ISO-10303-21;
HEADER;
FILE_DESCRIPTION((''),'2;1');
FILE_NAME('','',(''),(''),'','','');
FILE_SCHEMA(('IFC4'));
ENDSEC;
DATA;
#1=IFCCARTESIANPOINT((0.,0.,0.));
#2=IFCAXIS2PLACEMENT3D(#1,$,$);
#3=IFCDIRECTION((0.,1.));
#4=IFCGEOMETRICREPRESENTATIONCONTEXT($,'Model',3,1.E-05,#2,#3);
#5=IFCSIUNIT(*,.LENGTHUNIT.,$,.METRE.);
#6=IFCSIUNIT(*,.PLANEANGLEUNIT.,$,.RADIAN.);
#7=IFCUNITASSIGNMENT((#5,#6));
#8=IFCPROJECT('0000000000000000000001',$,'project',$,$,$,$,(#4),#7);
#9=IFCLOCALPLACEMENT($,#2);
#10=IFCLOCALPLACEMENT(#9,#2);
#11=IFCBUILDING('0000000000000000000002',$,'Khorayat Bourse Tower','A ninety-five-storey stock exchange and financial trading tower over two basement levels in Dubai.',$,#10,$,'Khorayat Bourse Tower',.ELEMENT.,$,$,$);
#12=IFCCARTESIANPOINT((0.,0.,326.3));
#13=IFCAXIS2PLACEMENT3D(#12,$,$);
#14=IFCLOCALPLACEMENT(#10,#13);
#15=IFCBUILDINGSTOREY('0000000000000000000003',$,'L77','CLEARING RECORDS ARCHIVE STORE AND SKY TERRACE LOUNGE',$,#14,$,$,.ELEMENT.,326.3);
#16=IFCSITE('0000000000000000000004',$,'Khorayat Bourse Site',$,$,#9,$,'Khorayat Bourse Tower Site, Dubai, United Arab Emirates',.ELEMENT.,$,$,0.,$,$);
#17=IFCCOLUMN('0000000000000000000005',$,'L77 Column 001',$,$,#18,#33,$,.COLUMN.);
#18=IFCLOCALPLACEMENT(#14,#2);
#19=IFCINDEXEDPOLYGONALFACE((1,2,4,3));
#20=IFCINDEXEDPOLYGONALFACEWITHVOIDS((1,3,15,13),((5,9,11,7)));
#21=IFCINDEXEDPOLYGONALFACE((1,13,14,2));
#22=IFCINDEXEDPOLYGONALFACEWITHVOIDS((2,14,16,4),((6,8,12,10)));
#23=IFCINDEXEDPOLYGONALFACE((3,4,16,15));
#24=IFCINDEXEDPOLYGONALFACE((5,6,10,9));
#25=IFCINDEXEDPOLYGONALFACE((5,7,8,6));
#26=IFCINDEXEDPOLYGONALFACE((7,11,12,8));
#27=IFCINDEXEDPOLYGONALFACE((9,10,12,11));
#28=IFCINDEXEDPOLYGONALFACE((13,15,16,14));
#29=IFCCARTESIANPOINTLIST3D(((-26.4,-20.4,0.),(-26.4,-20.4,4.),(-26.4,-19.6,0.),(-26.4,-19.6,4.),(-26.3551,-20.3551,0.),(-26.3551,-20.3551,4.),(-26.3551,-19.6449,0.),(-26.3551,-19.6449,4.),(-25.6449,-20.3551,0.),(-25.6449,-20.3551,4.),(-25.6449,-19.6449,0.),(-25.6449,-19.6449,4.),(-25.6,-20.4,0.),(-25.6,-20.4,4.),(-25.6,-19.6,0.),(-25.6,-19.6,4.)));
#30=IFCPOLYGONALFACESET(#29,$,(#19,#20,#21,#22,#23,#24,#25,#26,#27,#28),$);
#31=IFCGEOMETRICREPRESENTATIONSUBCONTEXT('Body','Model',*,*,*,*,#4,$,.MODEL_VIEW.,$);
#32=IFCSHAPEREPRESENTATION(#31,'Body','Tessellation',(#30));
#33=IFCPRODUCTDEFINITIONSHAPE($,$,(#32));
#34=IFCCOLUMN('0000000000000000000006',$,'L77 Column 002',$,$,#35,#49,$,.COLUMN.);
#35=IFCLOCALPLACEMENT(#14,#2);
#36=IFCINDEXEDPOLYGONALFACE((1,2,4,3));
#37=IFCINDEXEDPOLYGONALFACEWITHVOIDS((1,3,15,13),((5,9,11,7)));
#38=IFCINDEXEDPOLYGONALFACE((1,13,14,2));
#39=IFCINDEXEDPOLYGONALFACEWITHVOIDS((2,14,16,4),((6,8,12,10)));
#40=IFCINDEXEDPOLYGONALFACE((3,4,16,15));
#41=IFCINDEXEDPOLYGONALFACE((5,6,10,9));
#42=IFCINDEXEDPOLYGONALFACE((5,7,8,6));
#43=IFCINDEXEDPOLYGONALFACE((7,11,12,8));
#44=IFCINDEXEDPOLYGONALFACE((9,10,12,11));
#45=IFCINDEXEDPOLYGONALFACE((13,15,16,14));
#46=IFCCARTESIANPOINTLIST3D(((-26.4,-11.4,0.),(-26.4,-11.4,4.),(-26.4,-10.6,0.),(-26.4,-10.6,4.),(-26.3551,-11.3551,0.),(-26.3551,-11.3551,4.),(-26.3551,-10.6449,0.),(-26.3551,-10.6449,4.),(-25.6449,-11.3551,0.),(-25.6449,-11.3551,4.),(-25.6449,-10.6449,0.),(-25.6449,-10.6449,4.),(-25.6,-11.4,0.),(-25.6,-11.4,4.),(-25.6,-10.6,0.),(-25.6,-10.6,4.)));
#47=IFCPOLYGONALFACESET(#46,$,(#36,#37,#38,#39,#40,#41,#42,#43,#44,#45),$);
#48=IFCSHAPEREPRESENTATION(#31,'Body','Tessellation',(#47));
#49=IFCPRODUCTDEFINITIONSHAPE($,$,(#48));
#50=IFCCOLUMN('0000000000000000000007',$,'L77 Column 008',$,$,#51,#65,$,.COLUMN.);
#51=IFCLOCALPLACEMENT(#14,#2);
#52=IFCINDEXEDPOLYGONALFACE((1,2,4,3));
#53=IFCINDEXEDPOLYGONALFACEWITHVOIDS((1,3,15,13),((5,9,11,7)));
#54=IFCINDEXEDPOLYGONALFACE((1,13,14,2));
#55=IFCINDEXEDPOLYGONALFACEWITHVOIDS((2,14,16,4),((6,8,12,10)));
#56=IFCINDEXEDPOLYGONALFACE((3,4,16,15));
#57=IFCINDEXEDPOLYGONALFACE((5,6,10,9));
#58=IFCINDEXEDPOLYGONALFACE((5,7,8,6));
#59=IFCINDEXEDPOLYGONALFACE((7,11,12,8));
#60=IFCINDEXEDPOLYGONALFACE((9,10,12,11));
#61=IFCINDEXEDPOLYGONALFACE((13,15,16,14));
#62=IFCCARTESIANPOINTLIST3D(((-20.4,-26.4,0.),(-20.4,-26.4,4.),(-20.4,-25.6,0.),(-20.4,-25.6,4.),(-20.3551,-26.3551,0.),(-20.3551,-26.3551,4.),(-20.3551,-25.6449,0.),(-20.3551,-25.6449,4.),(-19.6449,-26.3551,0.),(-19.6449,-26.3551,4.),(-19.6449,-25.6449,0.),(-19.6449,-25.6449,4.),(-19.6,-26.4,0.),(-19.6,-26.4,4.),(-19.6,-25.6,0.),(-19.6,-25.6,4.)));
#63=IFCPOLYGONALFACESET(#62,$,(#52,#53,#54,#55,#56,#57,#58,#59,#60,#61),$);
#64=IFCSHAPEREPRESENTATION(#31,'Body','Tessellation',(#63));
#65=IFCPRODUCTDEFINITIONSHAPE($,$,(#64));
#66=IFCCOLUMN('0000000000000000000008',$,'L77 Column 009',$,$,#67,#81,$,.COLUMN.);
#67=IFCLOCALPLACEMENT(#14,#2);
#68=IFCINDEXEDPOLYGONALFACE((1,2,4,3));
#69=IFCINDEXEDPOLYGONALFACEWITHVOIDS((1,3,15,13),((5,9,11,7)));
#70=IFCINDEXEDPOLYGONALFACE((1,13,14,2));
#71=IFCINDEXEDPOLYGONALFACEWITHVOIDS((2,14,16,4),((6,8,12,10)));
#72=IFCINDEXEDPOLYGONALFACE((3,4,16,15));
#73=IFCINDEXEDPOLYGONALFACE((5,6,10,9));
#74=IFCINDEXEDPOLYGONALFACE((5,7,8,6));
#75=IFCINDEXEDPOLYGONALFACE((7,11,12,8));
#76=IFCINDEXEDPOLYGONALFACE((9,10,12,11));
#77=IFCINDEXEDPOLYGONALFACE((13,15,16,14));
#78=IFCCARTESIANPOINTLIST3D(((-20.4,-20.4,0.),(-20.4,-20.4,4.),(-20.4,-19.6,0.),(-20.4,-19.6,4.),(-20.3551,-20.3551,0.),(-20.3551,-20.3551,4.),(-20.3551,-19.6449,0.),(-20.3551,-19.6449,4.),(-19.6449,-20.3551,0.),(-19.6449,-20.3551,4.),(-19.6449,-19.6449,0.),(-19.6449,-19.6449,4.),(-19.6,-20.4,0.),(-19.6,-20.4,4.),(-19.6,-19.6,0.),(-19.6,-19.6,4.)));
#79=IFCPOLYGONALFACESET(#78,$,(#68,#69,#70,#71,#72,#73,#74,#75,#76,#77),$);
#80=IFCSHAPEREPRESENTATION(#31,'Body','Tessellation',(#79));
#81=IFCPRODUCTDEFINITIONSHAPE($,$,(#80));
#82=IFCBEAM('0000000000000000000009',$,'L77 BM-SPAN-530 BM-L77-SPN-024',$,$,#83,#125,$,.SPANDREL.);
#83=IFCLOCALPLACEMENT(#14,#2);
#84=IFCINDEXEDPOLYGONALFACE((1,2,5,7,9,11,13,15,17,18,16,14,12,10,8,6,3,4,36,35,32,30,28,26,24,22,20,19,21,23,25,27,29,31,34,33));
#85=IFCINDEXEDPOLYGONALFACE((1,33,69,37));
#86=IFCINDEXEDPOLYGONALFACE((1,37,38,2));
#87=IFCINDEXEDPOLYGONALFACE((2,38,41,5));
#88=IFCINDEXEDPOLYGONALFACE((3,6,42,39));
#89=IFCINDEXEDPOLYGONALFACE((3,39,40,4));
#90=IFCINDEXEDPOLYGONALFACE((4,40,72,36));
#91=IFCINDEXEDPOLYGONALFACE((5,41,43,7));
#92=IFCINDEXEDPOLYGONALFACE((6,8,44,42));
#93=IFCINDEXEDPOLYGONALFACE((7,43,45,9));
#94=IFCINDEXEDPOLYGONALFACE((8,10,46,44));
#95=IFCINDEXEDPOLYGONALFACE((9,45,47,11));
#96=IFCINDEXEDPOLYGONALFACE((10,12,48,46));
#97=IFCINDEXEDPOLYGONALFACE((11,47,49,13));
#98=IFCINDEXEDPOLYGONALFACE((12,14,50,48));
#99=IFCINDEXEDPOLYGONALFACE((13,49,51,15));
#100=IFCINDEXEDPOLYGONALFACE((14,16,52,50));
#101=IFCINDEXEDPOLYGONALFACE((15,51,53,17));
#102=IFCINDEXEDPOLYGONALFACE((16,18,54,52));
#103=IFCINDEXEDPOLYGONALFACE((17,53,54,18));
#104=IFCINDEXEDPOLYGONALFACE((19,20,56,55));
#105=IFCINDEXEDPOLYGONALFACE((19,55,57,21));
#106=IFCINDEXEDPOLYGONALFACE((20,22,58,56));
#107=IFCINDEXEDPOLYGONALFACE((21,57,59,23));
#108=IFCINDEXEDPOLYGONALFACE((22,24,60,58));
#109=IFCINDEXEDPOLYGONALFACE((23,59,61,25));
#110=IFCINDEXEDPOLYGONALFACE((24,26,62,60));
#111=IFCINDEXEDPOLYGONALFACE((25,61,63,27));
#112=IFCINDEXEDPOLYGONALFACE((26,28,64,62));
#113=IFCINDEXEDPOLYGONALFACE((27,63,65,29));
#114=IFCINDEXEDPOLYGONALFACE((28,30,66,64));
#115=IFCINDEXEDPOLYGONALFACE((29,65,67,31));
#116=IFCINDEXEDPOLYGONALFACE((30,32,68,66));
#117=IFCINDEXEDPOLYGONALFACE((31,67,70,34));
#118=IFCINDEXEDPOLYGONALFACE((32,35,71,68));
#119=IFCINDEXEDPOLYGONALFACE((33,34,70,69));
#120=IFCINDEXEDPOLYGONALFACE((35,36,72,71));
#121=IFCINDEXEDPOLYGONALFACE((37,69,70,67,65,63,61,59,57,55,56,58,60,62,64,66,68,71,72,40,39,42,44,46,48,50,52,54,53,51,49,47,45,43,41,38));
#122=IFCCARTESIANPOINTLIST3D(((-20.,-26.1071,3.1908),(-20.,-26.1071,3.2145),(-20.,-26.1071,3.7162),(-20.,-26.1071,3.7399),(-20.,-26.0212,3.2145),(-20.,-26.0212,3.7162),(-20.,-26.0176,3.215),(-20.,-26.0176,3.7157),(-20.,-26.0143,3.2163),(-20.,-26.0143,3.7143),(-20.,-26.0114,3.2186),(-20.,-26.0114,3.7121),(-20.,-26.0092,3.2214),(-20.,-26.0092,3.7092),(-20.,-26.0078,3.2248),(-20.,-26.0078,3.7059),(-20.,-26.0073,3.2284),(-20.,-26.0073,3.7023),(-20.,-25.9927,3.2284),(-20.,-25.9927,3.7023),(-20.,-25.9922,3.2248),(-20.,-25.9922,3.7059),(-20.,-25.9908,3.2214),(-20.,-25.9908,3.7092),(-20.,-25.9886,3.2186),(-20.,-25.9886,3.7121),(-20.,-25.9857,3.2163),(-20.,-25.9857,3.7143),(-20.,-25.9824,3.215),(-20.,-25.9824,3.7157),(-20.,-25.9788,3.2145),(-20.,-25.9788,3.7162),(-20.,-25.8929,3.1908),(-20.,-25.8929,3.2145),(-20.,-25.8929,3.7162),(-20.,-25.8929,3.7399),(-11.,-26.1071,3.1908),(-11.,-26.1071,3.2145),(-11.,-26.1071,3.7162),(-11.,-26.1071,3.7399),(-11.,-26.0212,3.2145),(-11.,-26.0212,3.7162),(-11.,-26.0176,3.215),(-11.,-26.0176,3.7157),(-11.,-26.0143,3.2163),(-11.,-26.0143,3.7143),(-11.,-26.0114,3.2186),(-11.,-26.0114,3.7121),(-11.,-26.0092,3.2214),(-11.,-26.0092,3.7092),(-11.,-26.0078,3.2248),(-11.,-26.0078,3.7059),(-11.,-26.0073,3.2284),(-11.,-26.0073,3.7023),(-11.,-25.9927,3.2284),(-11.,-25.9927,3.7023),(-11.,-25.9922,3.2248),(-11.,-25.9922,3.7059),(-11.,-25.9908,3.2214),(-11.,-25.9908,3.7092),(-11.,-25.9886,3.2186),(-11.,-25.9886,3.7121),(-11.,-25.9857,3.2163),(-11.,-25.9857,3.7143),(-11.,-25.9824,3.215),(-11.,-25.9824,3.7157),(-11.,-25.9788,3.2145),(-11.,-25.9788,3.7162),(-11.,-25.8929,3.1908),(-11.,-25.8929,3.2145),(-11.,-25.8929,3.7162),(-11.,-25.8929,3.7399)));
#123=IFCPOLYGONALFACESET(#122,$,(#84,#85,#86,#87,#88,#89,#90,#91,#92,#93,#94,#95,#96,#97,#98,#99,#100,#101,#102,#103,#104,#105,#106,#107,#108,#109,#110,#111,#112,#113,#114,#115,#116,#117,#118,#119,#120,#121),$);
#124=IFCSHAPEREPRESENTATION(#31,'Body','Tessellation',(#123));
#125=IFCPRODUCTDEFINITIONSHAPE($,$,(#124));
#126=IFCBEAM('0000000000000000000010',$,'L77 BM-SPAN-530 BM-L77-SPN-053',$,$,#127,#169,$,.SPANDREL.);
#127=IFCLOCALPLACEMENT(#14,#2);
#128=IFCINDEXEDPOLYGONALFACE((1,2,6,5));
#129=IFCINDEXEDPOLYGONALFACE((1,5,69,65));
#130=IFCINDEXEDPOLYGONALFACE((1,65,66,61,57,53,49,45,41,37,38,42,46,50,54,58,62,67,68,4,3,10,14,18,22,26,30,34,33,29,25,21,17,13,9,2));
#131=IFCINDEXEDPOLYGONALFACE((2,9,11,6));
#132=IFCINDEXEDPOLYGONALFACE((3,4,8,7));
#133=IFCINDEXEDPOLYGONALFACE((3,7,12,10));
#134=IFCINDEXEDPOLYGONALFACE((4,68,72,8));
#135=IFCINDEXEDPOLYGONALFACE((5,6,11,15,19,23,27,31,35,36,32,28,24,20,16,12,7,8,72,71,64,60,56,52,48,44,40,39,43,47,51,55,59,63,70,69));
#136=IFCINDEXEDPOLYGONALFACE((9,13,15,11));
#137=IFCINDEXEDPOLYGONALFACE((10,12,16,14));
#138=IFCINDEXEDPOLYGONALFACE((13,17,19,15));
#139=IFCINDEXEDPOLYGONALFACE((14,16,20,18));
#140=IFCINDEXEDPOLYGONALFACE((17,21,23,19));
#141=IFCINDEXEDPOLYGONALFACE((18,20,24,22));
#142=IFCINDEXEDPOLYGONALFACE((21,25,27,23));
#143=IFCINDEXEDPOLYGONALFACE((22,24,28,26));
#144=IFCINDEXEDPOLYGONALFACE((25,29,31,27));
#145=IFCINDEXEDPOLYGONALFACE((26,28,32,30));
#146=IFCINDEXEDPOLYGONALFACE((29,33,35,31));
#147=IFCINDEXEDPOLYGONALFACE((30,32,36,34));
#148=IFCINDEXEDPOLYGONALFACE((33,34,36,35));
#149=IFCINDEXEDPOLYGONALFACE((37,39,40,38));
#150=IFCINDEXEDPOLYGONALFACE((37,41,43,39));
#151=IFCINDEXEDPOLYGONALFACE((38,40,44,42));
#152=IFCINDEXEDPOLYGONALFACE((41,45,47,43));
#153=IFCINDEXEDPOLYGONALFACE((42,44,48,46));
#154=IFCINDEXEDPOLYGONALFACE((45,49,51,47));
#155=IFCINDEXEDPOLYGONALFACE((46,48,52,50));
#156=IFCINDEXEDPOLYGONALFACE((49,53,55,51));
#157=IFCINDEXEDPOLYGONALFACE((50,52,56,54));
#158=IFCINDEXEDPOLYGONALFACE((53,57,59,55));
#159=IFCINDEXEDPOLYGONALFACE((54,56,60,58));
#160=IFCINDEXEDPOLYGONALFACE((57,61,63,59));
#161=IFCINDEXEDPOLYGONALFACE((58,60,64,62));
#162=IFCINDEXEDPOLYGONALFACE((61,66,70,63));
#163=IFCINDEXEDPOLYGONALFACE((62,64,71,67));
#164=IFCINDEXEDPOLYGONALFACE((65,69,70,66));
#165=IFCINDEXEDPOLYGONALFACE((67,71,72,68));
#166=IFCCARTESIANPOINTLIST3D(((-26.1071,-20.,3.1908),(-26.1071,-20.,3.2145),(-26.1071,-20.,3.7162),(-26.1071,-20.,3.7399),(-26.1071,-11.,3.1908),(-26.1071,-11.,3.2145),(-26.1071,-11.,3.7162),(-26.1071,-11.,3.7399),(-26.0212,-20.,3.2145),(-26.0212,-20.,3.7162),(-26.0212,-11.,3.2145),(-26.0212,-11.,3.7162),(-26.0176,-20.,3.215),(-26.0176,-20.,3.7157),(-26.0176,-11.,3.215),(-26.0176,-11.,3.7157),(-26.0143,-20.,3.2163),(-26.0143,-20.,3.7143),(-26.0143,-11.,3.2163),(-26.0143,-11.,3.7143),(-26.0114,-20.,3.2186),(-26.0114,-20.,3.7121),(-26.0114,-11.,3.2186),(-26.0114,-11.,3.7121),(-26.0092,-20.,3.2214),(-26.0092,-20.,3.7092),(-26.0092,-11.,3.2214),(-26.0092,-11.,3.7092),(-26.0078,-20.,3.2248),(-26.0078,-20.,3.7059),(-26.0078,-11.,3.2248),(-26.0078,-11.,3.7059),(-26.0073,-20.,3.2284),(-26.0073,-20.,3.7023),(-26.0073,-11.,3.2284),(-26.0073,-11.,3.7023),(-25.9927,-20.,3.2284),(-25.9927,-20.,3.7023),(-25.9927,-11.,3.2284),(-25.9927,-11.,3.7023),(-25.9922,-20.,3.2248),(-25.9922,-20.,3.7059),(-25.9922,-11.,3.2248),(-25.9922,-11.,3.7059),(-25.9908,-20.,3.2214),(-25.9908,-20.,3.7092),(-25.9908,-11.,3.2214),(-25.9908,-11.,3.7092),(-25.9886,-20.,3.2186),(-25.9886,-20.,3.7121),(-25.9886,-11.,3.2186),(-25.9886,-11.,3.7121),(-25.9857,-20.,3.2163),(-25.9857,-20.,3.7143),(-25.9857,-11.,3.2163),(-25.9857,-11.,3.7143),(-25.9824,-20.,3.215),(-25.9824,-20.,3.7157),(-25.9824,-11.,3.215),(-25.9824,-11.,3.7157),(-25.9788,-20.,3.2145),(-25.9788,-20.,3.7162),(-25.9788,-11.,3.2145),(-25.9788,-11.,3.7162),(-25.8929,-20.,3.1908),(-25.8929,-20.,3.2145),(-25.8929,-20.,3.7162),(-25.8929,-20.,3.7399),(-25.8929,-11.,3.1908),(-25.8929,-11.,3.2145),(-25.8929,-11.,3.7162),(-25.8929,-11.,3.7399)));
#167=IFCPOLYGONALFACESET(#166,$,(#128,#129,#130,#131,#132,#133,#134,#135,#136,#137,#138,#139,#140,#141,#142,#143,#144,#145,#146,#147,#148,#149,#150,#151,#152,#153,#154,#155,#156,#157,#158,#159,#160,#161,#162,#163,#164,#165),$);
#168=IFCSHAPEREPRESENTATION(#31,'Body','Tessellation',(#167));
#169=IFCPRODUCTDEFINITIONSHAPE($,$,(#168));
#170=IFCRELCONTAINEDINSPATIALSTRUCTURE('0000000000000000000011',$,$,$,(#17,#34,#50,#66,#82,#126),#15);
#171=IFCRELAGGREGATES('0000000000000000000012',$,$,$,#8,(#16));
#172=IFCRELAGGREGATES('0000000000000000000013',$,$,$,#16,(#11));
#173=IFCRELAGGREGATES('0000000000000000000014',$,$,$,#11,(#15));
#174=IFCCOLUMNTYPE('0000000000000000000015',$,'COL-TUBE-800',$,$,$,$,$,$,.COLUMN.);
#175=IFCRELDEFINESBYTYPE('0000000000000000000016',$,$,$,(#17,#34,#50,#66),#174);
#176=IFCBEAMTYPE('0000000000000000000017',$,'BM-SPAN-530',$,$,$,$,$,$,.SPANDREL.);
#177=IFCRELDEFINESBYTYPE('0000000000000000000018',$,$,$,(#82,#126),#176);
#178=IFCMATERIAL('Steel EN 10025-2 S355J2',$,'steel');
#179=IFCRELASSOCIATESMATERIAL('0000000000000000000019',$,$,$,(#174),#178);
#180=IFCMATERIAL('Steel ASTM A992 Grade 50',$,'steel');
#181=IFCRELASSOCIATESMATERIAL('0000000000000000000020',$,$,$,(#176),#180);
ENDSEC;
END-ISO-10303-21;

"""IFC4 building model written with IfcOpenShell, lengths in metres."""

from ifc_helpers import new_model, si_unit, direction, frame, origin, origin_2d, place, context, subcontext, project, spatial, hollow_rectangle, i_section, extrude, source, transform, mapped, material, material_profile, profile_set, type_object, element, save


model = new_model("IFC4")

# Units and contexts
model_context = context("Model", 3, precision=1e-05, world=origin(), true_north=direction((0.0, 1.0)))
body_context = subcontext(model_context, "Body", "Model", "MODEL_VIEW")
ifc_project = project(units=[si_unit("LENGTHUNIT", "METRE"), si_unit("PLANEANGLEUNIT", "RADIAN")], contexts=[model_context])

# Site, building, storey
site_placement = place(None, origin())
site = spatial("IfcSite", under=ifc_project, at=site_placement, Name="Khorayat Bourse Site", LongName="Khorayat Bourse Tower Site, Dubai, United Arab Emirates", CompositionType="ELEMENT", RefElevation=0.0)
building_placement = place(site_placement, origin())
building = spatial("IfcBuilding", under=site, at=building_placement, Name="Khorayat Bourse Tower", Description="A ninety-five-storey stock exchange and financial trading tower over two basement levels in Dubai.", LongName="Khorayat Bourse Tower", CompositionType="ELEMENT")
storey_placement = place(building_placement, frame((0.0, 0.0, 326.3)))
storey = spatial("IfcBuildingStorey", under=building, at=storey_placement, Name="L77", Description="CLEARING RECORDS ARCHIVE STORE AND SKY TERRACE LOUNGE", CompositionType="ELEMENT", Elevation=326.3)

# Columns
ifc_material_1 = material(Name="Steel EN 10025-2 S355J2", Category="steel")
ifc_material_profile_1 = material_profile(ifc_material_1, hollow_rectangle(XDim=0.8, YDim=0.8, WallThickness=0.0449, at=origin_2d()), Name="BOX 800x800x45")
ifc_profile_set_1 = profile_set([ifc_material_profile_1], Name="Steel EN 10025-2 S355J2")
column_type = type_object("IfcColumnType", Name="COL-TUBE-800", PredefinedType="COLUMN", material=ifc_profile_set_1)
shared_shape_1 = source(origin(), body_context, "Body", "SweptSolid", [
    extrude(hollow_rectangle(XDim=0.8, YDim=0.8, WallThickness=0.0449, at=origin_2d()), origin(), (0.0, 0.0, 1.0), 4.0),
])
for number, where, z_axis, x_axis, name in (
    (1, (-26.0, -20.0, 0.0), (0.0, 0.0, 1.0), (1.0, 0.0, 0.0), "L77 Column 001"),
    (2, (-26.0, -11.0, 0.0), (0.0, 0.0, 1.0), (1.0, 0.0, 0.0), "L77 Column 002"),
    (3, (-20.0, -26.0, 0.0), (0.0, 0.0, 1.0), (1.0, 0.0, 0.0), "L77 Column 008"),
    (4, (-20.0, -20.0, 0.0), (0.0, 0.0, 1.0), (1.0, 0.0, 0.0), "L77 Column 009"),
):
    element("IfcColumn", number, at=place(storey_placement, frame(where, z_axis=z_axis, x_axis=x_axis)), inside=storey, type_object=column_type, Name=name, PredefinedType="COLUMN", context=body_context, shape_type="MappedRepresentation", body=[
        mapped(shared_shape_1, transform((0.0, 0.0, 0.0), scale=1.0)),
    ])

# Beams
ifc_material_2 = material(Name="Steel ASTM A992 Grade 50", Category="steel")
ifc_material_profile_2 = material_profile(ifc_material_2, i_section(OverallWidth=0.2141, OverallDepth=0.5491, WebThickness=0.0146, FlangeThickness=0.0237, FilletRadius=0.0139, at=origin_2d()), Name="W530X138")
ifc_profile_set_2 = profile_set([ifc_material_profile_2], Name="Steel ASTM A992 Grade 50")
beam_type_1 = type_object("IfcBeamType", Name="BM-SPAN-530", PredefinedType="SPANDREL", material=ifc_profile_set_2)
shared_shape_2 = source(origin(), body_context, "Body", "SweptSolid", [
    extrude(i_section(OverallWidth=0.2141, OverallDepth=0.5491, WebThickness=0.0146, FlangeThickness=0.0237, FilletRadius=0.0139, at=origin_2d()), origin(), (0.0, 0.0, 1.0), 9.0),
])
for number, where, z_axis, x_axis, name in (
    (5, (-20.0, -26.0, 3.4653), (1.0, 0.0, 0.0), (0.0, 1.0, 0.0), "L77 BM-SPAN-530 BM-L77-SPN-024"),
    (6, (-26.0, -20.0, 3.4653), (0.0, 1.0, 0.0), (-1.0, 0.0, 0.0), "L77 BM-SPAN-530 BM-L77-SPN-053"),
):
    element("IfcBeam", number, at=place(storey_placement, frame(where, z_axis=z_axis, x_axis=x_axis)), inside=storey, type_object=beam_type_1, Name=name, PredefinedType="SPANDREL", context=body_context, shape_type="MappedRepresentation", body=[
        mapped(shared_shape_2, transform((0.0, 0.0, 0.0), scale=1.0)),
    ])

save(model, "model.ifc")
